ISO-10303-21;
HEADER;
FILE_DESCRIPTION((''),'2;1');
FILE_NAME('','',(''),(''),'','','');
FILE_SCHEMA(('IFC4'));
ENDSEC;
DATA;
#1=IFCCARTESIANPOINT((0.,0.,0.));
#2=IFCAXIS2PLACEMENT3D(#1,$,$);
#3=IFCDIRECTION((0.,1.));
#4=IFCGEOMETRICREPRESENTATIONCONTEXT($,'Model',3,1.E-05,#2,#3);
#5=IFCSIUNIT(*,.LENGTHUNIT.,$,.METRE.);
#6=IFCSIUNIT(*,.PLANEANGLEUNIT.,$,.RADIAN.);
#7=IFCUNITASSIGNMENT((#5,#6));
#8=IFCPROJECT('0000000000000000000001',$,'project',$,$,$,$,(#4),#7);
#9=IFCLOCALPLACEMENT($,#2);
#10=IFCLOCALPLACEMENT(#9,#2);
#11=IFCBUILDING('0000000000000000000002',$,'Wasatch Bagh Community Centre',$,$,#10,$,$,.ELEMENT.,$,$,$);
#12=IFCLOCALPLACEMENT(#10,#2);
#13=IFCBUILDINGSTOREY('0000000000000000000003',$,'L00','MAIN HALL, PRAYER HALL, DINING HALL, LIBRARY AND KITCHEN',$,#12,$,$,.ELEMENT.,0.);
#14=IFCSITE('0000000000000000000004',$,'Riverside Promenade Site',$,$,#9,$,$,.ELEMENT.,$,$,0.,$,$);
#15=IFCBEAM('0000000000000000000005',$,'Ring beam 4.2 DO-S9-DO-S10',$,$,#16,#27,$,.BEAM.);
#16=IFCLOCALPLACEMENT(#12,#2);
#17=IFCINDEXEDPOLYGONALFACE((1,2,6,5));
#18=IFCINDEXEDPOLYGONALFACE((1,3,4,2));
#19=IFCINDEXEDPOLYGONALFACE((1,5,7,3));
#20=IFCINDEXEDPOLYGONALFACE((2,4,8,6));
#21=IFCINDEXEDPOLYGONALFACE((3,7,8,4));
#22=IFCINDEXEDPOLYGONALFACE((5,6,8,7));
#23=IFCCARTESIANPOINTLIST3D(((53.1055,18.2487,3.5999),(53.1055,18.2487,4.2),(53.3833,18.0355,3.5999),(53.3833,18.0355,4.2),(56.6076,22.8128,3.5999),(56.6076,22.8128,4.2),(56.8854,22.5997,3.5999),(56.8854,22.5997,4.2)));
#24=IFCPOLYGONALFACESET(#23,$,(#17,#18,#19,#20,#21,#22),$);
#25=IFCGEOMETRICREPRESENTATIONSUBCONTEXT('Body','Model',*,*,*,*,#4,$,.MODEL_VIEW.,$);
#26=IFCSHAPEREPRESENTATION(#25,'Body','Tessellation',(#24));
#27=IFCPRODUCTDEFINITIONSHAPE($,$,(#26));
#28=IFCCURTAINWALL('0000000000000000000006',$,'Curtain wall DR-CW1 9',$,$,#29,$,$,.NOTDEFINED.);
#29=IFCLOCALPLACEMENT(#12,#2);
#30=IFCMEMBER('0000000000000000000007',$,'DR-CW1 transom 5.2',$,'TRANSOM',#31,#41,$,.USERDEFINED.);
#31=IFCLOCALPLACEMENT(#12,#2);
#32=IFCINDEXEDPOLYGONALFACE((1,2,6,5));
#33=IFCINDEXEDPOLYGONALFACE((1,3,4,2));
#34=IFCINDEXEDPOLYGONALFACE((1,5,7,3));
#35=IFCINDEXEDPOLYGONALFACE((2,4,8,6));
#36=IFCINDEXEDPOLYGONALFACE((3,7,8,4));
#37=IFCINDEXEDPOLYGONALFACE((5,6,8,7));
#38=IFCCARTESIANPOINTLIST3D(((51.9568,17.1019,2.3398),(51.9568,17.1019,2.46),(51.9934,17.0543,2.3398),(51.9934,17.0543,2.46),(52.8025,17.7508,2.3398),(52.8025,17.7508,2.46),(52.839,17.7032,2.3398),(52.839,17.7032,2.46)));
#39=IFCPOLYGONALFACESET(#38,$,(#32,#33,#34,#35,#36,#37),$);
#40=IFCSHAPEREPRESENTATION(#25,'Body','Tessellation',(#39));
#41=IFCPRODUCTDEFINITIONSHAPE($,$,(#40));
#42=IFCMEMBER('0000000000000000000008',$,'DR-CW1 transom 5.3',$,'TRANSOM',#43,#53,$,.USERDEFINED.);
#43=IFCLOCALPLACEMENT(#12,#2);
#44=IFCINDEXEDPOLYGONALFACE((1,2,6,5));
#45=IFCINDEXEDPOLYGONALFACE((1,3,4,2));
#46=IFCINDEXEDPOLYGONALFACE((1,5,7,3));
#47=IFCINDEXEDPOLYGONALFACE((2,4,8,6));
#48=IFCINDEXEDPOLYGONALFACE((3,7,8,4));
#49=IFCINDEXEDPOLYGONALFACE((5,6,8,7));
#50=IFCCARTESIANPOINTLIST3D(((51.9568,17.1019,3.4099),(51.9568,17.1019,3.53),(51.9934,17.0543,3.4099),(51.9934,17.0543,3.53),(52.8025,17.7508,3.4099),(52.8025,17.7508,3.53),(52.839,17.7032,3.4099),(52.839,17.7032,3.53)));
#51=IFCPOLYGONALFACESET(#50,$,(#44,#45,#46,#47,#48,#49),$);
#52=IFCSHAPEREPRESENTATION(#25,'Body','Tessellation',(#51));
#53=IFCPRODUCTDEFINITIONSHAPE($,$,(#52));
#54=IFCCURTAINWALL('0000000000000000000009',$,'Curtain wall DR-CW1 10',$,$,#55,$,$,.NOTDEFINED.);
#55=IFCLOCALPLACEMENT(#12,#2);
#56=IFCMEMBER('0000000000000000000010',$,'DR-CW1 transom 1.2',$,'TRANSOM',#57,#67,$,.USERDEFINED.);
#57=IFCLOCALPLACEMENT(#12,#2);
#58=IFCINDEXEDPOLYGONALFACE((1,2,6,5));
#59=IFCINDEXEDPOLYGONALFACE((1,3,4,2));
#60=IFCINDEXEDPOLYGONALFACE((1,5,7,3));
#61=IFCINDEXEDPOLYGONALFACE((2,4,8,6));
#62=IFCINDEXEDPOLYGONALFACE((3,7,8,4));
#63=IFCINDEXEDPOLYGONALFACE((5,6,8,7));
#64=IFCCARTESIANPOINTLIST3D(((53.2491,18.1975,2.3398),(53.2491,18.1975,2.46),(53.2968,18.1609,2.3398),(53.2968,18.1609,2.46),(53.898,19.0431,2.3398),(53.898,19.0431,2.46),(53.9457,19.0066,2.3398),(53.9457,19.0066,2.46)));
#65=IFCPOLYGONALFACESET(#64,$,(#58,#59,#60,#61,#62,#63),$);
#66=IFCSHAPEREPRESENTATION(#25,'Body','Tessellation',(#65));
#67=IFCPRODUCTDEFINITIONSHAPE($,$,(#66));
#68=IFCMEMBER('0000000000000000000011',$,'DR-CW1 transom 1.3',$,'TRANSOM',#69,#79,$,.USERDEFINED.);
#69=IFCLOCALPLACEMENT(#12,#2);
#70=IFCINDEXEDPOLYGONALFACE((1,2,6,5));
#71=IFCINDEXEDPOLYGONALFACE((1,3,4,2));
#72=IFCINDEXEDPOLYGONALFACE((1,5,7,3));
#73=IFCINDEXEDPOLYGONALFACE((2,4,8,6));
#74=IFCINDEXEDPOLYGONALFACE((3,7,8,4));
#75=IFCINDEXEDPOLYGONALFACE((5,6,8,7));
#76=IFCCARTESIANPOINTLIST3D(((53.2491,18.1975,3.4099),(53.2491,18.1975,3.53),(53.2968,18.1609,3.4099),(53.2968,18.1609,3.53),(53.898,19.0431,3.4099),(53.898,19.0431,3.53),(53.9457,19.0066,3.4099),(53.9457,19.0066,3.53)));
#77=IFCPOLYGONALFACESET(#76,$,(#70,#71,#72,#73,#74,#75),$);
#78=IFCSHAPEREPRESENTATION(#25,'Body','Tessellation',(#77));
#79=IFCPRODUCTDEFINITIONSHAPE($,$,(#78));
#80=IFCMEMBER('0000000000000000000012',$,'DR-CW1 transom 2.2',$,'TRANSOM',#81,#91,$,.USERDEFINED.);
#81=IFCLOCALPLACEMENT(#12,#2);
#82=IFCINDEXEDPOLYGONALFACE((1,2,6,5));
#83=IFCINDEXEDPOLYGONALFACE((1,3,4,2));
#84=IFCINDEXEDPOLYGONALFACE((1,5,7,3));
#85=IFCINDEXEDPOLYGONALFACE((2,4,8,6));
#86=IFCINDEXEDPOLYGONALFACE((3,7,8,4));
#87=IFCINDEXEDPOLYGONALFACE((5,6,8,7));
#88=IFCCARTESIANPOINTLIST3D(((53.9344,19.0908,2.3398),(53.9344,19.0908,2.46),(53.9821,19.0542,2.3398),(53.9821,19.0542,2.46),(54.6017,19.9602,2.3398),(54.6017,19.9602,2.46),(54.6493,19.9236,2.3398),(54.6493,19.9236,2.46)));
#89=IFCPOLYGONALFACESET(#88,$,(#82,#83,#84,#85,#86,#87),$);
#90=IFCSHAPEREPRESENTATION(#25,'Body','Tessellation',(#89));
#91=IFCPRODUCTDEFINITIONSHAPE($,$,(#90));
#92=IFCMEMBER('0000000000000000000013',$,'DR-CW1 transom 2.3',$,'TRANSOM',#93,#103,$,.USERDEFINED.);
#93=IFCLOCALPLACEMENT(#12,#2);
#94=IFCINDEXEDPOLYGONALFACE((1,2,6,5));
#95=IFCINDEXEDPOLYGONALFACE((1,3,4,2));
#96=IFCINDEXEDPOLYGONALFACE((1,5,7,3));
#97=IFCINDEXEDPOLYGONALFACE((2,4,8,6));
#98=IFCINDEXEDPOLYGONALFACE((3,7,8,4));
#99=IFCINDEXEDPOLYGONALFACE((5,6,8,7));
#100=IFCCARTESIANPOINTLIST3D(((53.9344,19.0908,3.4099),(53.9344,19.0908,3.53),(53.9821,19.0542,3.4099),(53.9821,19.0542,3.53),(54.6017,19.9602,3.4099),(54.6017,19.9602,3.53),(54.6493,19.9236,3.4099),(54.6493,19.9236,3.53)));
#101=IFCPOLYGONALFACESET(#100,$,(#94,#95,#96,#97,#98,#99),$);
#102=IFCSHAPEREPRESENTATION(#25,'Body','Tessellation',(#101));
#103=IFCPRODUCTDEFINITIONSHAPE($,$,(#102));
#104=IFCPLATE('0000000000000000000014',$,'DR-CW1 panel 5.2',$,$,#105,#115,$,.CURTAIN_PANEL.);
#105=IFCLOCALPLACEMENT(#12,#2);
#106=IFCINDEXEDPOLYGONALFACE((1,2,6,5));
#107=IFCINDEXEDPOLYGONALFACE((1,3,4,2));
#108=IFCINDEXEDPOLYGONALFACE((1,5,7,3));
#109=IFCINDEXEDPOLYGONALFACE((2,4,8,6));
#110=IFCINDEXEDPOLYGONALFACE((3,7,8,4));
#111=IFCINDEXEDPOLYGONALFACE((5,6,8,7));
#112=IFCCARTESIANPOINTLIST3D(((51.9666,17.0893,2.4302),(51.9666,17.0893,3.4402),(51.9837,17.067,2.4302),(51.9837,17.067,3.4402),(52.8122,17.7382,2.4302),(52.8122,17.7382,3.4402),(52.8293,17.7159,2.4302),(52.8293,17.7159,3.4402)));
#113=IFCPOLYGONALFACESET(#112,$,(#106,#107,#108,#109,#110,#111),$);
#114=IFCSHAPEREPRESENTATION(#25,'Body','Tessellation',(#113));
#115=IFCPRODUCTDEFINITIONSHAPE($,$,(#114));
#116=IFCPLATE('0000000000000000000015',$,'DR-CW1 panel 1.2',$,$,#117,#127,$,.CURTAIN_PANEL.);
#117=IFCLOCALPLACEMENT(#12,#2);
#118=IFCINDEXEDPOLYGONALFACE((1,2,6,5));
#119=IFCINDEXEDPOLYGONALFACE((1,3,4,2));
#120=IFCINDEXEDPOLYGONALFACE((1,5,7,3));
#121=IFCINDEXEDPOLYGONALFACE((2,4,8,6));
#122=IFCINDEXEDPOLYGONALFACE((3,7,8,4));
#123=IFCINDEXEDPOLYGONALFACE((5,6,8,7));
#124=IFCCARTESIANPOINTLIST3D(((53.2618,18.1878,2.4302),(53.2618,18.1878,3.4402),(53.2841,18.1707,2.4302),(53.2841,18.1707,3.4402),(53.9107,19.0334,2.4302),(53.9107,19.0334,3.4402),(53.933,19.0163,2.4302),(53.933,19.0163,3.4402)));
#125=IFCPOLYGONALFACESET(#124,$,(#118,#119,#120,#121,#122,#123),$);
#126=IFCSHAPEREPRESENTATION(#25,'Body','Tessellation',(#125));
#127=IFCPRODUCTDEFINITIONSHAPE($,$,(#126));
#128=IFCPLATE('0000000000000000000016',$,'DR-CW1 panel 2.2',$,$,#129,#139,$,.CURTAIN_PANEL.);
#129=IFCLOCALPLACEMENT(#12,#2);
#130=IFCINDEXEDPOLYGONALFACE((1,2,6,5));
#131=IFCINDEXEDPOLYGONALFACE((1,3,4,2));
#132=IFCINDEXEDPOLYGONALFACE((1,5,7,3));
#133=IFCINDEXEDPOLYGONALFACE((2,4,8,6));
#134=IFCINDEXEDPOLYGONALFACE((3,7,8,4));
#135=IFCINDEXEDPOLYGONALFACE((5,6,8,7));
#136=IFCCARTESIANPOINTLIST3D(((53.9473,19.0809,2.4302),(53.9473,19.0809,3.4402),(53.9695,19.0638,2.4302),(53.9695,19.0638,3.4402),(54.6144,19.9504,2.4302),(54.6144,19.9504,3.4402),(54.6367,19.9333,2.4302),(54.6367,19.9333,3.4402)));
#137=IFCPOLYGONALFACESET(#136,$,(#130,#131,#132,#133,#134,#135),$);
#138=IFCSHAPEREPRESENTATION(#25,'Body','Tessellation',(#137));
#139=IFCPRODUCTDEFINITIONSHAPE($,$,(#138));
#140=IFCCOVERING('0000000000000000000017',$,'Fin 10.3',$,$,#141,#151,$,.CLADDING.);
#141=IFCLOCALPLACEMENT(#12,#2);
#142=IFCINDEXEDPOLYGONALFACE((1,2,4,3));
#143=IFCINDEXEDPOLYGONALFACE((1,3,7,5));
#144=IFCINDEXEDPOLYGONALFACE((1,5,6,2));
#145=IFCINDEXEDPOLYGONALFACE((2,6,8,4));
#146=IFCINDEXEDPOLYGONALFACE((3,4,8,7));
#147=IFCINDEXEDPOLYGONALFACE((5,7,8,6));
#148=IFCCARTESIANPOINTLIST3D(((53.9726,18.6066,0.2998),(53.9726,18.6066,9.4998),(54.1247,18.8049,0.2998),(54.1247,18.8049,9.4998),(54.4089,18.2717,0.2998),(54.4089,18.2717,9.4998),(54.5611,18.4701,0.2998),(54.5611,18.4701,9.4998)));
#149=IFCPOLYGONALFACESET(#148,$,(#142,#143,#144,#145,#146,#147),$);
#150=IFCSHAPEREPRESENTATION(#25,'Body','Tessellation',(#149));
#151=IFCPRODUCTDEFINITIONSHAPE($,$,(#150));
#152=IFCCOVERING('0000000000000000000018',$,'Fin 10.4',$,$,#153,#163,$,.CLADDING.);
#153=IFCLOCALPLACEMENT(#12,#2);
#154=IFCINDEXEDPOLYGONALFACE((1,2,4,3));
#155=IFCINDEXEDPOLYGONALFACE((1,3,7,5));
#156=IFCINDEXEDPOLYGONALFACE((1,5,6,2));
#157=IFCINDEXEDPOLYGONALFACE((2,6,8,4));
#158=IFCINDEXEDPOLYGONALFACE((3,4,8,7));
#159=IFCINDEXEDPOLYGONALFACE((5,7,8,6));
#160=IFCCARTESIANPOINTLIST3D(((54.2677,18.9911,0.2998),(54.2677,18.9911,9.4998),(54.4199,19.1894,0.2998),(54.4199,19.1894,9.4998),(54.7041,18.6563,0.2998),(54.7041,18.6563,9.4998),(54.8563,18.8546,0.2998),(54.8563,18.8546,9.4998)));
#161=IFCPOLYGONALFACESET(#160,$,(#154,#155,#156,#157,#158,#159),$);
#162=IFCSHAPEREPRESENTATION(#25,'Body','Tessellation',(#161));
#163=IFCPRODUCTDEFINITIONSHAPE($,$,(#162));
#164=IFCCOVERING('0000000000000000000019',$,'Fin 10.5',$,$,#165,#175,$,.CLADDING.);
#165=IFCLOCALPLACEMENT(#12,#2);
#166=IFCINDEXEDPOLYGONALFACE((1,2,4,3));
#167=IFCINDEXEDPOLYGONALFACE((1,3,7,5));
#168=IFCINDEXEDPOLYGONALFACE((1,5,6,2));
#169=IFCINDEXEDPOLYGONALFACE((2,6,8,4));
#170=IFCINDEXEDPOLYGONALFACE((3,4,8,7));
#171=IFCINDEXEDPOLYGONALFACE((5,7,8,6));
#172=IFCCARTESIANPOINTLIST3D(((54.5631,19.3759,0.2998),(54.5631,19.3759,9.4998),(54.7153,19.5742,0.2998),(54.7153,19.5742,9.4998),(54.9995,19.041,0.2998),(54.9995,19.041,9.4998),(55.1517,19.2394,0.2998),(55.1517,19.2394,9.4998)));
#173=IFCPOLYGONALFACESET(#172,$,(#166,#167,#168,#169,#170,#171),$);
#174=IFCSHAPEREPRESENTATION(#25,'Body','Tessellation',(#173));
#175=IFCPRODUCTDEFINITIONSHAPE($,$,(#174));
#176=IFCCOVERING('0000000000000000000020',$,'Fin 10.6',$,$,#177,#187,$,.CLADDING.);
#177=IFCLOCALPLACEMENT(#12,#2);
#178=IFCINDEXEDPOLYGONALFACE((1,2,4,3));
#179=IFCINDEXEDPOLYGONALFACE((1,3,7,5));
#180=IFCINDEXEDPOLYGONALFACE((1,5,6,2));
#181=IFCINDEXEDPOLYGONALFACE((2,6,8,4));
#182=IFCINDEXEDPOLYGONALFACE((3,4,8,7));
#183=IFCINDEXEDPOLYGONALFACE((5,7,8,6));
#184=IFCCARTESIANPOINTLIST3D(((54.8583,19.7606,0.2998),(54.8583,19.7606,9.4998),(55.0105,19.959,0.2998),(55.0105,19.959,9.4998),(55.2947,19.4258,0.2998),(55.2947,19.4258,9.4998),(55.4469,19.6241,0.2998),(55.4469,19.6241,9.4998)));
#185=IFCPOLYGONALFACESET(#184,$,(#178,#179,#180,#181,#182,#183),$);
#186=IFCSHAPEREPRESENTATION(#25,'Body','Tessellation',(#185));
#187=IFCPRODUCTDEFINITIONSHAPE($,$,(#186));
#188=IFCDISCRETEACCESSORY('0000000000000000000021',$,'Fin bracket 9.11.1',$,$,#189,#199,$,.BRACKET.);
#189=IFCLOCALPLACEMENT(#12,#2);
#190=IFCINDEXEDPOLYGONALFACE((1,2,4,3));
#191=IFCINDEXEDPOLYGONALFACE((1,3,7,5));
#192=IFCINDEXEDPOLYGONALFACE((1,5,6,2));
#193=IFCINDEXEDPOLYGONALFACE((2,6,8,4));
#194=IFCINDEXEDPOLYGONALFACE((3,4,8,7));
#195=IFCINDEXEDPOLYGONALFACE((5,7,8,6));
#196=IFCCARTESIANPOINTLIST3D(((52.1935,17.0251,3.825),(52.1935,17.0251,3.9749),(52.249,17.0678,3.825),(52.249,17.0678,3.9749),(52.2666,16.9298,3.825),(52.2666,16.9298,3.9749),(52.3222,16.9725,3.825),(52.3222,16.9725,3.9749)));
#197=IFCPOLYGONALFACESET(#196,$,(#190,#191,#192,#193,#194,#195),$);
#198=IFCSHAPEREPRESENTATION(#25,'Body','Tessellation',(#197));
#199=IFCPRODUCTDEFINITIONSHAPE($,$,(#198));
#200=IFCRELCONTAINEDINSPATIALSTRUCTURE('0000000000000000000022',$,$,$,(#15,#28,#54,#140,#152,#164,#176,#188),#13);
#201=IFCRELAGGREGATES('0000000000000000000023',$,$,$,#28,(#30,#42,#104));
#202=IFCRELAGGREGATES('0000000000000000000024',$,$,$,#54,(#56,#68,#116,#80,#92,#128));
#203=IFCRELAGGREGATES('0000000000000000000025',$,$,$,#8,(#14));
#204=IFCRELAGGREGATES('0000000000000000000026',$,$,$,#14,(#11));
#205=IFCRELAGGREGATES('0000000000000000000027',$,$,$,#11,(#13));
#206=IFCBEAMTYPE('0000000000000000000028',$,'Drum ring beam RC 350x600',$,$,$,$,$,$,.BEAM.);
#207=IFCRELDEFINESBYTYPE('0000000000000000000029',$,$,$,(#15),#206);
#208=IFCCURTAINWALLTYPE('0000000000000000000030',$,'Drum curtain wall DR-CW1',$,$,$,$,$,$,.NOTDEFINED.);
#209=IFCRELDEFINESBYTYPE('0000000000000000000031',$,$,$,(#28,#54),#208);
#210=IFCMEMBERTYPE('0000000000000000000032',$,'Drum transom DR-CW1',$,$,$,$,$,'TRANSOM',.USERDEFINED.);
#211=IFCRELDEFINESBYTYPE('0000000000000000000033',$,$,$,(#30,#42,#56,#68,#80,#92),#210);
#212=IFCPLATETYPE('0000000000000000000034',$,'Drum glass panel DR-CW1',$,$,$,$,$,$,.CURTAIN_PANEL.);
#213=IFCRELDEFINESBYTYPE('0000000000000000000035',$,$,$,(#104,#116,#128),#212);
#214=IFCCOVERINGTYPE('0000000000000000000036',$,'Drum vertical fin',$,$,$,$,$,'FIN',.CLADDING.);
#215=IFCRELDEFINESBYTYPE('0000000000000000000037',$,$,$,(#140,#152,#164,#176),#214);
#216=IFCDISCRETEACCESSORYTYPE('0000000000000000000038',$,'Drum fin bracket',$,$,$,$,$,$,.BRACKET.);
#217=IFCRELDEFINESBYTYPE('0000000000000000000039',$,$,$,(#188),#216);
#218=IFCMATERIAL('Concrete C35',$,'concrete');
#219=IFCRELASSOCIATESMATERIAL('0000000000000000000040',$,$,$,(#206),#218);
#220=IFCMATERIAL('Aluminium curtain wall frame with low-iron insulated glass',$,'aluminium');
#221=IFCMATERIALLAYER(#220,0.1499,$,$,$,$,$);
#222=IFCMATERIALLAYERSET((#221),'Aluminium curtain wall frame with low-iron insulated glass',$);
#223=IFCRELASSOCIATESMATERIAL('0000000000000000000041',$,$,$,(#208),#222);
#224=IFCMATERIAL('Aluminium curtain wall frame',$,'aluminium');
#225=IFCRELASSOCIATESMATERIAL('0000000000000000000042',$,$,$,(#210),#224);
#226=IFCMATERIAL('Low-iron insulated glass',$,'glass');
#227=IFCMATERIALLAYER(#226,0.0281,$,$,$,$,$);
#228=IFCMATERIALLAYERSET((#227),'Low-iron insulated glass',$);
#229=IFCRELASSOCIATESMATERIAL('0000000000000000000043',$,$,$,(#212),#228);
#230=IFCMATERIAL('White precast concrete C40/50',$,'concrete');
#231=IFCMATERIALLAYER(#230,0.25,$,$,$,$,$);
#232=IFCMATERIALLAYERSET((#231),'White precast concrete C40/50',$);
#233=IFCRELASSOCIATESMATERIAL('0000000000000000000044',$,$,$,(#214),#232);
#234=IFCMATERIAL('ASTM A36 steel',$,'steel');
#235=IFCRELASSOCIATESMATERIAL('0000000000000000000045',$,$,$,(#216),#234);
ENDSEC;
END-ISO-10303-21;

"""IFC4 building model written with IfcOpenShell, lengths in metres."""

from ifc_helpers import new_model, si_unit, direction, frame, origin, origin_2d, place, context, subcontext, project, spatial, rectangle, extrude, material, layer, layer_set, material_profile, profile_set, type_object, element, aggregate, save


model = new_model("IFC4")

# Units and contexts
model_context = context("Model", 3, precision=1e-05, world=origin(), true_north=direction((0.0, 1.0)))
body_context = subcontext(model_context, "Body", "Model", "MODEL_VIEW")
ifc_project = project(units=[si_unit("LENGTHUNIT", "METRE"), si_unit("PLANEANGLEUNIT", "RADIAN")], contexts=[model_context])

# Site, building, storey
site_placement = place(None, origin())
site = spatial("IfcSite", under=ifc_project, at=site_placement, Name="Riverside Promenade Site", CompositionType="ELEMENT", RefElevation=0.0)
building_placement = place(site_placement, origin())
building = spatial("IfcBuilding", under=site, at=building_placement, Name="Wasatch Bagh Community Centre", CompositionType="ELEMENT")
storey_placement = place(building_placement, origin())
storey = spatial("IfcBuildingStorey", under=building, at=storey_placement, Name="L00", Description="MAIN HALL, PRAYER HALL, DINING HALL, LIBRARY AND KITCHEN", CompositionType="ELEMENT", Elevation=0.0)

# Beam
ifc_material_1 = material(Name="Concrete C35", Category="concrete")
ifc_material_profile_1 = material_profile(ifc_material_1, rectangle(XDim=0.3501, YDim=0.6001, at=origin_2d()), Name="RC 350x600")
ifc_profile_set_1 = profile_set([ifc_material_profile_1], Name="Concrete C35")
beam_type = type_object("IfcBeamType", Name="Drum ring beam RC 350x600", PredefinedType="BEAM", material=ifc_profile_set_1)
beam_placement = place(storey_placement, frame((53.2444, 18.1421, 3.8999), z_axis=(0.608757, 0.793357, 0.0), x_axis=(-0.793357, 0.608757, 0.0)))
element("IfcBeam", 1, at=beam_placement, inside=storey, type_object=beam_type, Name="Ring beam 4.2 DO-S9-DO-S10", PredefinedType="BEAM", context=body_context, shape_type="SweptSolid", body=[
    extrude(rectangle(XDim=0.3501, YDim=0.6001, at=origin_2d()), origin(), (0.0, 0.0, 1.0), 5.7529),
])

# Curtain walls, members
ifc_material_2 = material(Name="Aluminium curtain wall frame with low-iron insulated glass", Category="aluminium")
ifc_layer_1 = layer(ifc_material_2, 0.1499)
ifc_layer_set_1 = layer_set([ifc_layer_1], Name="Aluminium curtain wall frame with low-iron insulated glass")
curtain_wall_type = type_object("IfcCurtainWallType", Name="Drum curtain wall DR-CW1", PredefinedType="NOTDEFINED", material=ifc_layer_set_1)
curtain_wall_1_placement = place(storey_placement, origin())
curtain_wall_1 = element("IfcCurtainWall", 2, at=curtain_wall_1_placement, inside=storey, type_object=curtain_wall_type, Name="Curtain wall DR-CW1 9", PredefinedType="NOTDEFINED")
ifc_material_3 = material(Name="Aluminium curtain wall frame", Category="aluminium")
ifc_material_profile_2 = material_profile(ifc_material_3, rectangle(XDim=0.0601, YDim=0.1201, at=origin_2d()), Name="Drum transom DR-CW1")
ifc_profile_set_2 = profile_set([ifc_material_profile_2], Name="Aluminium curtain wall frame")
member_type = type_object("IfcMemberType", Name="Drum transom DR-CW1", ElementType="TRANSOM", PredefinedType="USERDEFINED", material=ifc_profile_set_2)
member_1_placement = place(storey_placement, frame((51.9751, 17.0781, 2.3999), z_axis=(0.793356, 0.608758, 0.0), x_axis=(-0.608758, 0.793356, 0.0)))
member_1 = element("IfcMember", 3, at=member_1_placement, type_object=member_type, Name="DR-CW1 transom 5.2", ObjectType="TRANSOM", PredefinedType="USERDEFINED", context=body_context, shape_type="SweptSolid", body=[
    extrude(rectangle(XDim=0.0601, YDim=0.1201, at=origin_2d()), origin(), (0.0, 0.0, 1.0), 1.0659),
])
member_2_placement = place(storey_placement, frame((51.9751, 17.0781, 3.47), z_axis=(0.793356, 0.608758, 0.0), x_axis=(-0.608758, 0.793356, 0.0)))
member_2 = element("IfcMember", 4, at=member_2_placement, type_object=member_type, Name="DR-CW1 transom 5.3", ObjectType="TRANSOM", PredefinedType="USERDEFINED", context=body_context, shape_type="SweptSolid", body=[
    extrude(rectangle(XDim=0.0601, YDim=0.1201, at=origin_2d()), origin(), (0.0, 0.0, 1.0), 1.0659),
])
curtain_wall_2_placement = place(storey_placement, origin())
curtain_wall_2 = element("IfcCurtainWall", 5, at=curtain_wall_2_placement, inside=storey, type_object=curtain_wall_type, Name="Curtain wall DR-CW1 10", PredefinedType="NOTDEFINED")
member_3_placement = place(storey_placement, frame((53.2729, 18.1792, 2.3999), z_axis=(0.608758, 0.793356, 0.0), x_axis=(-0.793356, 0.608758, 0.0)))
member_3 = element("IfcMember", 6, at=member_3_placement, type_object=member_type, Name="DR-CW1 transom 1.2", ObjectType="TRANSOM", PredefinedType="USERDEFINED", context=body_context, shape_type="SweptSolid", body=[
    extrude(rectangle(XDim=0.0601, YDim=0.1201, at=origin_2d()), origin(), (0.0, 0.0, 1.0), 1.0659),
])
member_4_placement = place(storey_placement, frame((53.2729, 18.1792, 3.47), z_axis=(0.608758, 0.793356, 0.0), x_axis=(-0.793356, 0.608758, 0.0)))
member_4 = element("IfcMember", 7, at=member_4_placement, type_object=member_type, Name="DR-CW1 transom 1.3", ObjectType="TRANSOM", PredefinedType="USERDEFINED", context=body_context, shape_type="SweptSolid", body=[
    extrude(rectangle(XDim=0.0601, YDim=0.1201, at=origin_2d()), origin(), (0.0, 0.0, 1.0), 1.0659),
])
member_5_placement = place(storey_placement, frame((53.9583, 19.0725, 2.3999), z_axis=(0.608838, 0.793294, 0.0), x_axis=(-0.793294, 0.608838, 0.0)))
member_5 = element("IfcMember", 8, at=member_5_placement, type_object=member_type, Name="DR-CW1 transom 2.2", ObjectType="TRANSOM", PredefinedType="USERDEFINED", context=body_context, shape_type="SweptSolid", body=[
    extrude(rectangle(XDim=0.0601, YDim=0.1201, at=origin_2d()), origin(), (0.0, 0.0, 1.0), 1.0959),
])
member_6_placement = place(storey_placement, frame((53.9583, 19.0725, 3.47), z_axis=(0.608838, 0.793294, 0.0), x_axis=(-0.793294, 0.608838, 0.0)))
member_6 = element("IfcMember", 9, at=member_6_placement, type_object=member_type, Name="DR-CW1 transom 2.3", ObjectType="TRANSOM", PredefinedType="USERDEFINED", context=body_context, shape_type="SweptSolid", body=[
    extrude(rectangle(XDim=0.0601, YDim=0.1201, at=origin_2d()), origin(), (0.0, 0.0, 1.0), 1.0959),
])

# Plates
ifc_material_4 = material(Name="Low-iron insulated glass", Category="glass")
ifc_layer_2 = layer(ifc_material_4, 0.0281)
ifc_layer_set_2 = layer_set([ifc_layer_2], Name="Low-iron insulated glass")
plate_type = type_object("IfcPlateType", Name="Drum glass panel DR-CW1", PredefinedType="CURTAIN_PANEL", material=ifc_layer_set_2)
plate_1_placement = place(storey_placement, frame((52.3979, 17.4026, 2.4302), z_axis=(0.0, 0.0, 1.0), x_axis=(0.793353, 0.608761, 0.0)))
plate_1 = element("IfcPlate", 10, at=plate_1_placement, type_object=plate_type, Name="DR-CW1 panel 5.2", PredefinedType="CURTAIN_PANEL", context=body_context, shape_type="SweptSolid", body=[
    extrude(rectangle(XDim=1.0659, YDim=0.0281, at=origin_2d()), origin(), (0.0, 0.0, 1.0), 1.01),
])
aggregate(curtain_wall_1, [member_1, member_2, plate_1])
plate_2_placement = place(storey_placement, frame((53.5974, 18.6021, 2.4302), z_axis=(0.0, 0.0, 1.0), x_axis=(0.608761, 0.793353, 0.0)))
plate_2 = element("IfcPlate", 11, at=plate_2_placement, type_object=plate_type, Name="DR-CW1 panel 1.2", PredefinedType="CURTAIN_PANEL", context=body_context, shape_type="SweptSolid", body=[
    extrude(rectangle(XDim=1.0659, YDim=0.0281, at=origin_2d()), origin(), (0.0, 0.0, 1.0), 1.01),
])
plate_3_placement = place(storey_placement, frame((54.292, 19.5071, 2.4302), z_axis=(0.0, 0.0, 1.0), x_axis=(0.608761, 0.793353, 0.0)))
plate_3 = element("IfcPlate", 12, at=plate_3_placement, type_object=plate_type, Name="DR-CW1 panel 2.2", PredefinedType="CURTAIN_PANEL", context=body_context, shape_type="SweptSolid", body=[
    extrude(rectangle(XDim=1.0959, YDim=0.0281, at=origin_2d()), origin(), (0.0, 0.0, 1.0), 1.01),
])
aggregate(curtain_wall_2, [member_3, member_4, plate_2, member_5, member_6, plate_3])

# Coverings
ifc_material_5 = material(Name="White precast concrete C40/50", Category="concrete")
ifc_layer_3 = layer(ifc_material_5, 0.25)
ifc_layer_set_3 = layer_set([ifc_layer_3], Name="White precast concrete C40/50")
covering_type = type_object("IfcCoveringType", Name="Drum vertical fin", ElementType="FIN", PredefinedType="CLADDING", material=ifc_layer_set_3)
for number, where, z_axis, x_axis, name in (
    (13, (54.2668, 18.5383, 0.2998), (0.0, 0.0, 1.0), (0.608761, 0.793353, 0.0), "Fin 10.3"),
    (14, (54.562, 18.9229, 0.2998), (0.0, 0.0, 1.0), (0.608761, 0.793353, 0.0), "Fin 10.4"),
    (15, (54.8574, 19.3076, 0.2998), (0.0, 0.0, 1.0), (0.608761, 0.793353, 0.0), "Fin 10.5"),
    (16, (55.1526, 19.6924, 0.2998), (0.0, 0.0, 1.0), (0.608761, 0.793353, 0.0), "Fin 10.6"),
):
    element("IfcCovering", number, at=place(storey_placement, frame(where, z_axis=z_axis, x_axis=x_axis)), inside=storey, type_object=covering_type, Name=name, PredefinedType="CLADDING", context=body_context, shape_type="SweptSolid", body=[
        extrude(rectangle(XDim=0.25, YDim=0.55, at=origin_2d()), origin(), (0.0, 0.0, 1.0), 9.2),
    ])

# Discrete accessory
ifc_material_6 = material(Name="ASTM A36 steel", Category="steel")
discrete_accessory_type = type_object("IfcDiscreteAccessoryType", Name="Drum fin bracket", PredefinedType="BRACKET", material=ifc_material_6)
for number, where, z_axis, x_axis, name in (
    (17, (52.2578, 16.9988, 3.825), (0.0, 0.0, 1.0), (0.793353, 0.608761, 0.0), "Fin bracket 9.11.1"),
):
    element("IfcDiscreteAccessory", number, at=place(storey_placement, frame(where, z_axis=z_axis, x_axis=x_axis)), inside=storey, type_object=discrete_accessory_type, Name=name, PredefinedType="BRACKET", context=body_context, shape_type="SweptSolid", body=[
        extrude(rectangle(XDim=0.0701, YDim=0.1201, at=origin_2d()), origin(), (0.0, 0.0, 1.0), 0.1499),
    ])

save(model, "model.ifc")
